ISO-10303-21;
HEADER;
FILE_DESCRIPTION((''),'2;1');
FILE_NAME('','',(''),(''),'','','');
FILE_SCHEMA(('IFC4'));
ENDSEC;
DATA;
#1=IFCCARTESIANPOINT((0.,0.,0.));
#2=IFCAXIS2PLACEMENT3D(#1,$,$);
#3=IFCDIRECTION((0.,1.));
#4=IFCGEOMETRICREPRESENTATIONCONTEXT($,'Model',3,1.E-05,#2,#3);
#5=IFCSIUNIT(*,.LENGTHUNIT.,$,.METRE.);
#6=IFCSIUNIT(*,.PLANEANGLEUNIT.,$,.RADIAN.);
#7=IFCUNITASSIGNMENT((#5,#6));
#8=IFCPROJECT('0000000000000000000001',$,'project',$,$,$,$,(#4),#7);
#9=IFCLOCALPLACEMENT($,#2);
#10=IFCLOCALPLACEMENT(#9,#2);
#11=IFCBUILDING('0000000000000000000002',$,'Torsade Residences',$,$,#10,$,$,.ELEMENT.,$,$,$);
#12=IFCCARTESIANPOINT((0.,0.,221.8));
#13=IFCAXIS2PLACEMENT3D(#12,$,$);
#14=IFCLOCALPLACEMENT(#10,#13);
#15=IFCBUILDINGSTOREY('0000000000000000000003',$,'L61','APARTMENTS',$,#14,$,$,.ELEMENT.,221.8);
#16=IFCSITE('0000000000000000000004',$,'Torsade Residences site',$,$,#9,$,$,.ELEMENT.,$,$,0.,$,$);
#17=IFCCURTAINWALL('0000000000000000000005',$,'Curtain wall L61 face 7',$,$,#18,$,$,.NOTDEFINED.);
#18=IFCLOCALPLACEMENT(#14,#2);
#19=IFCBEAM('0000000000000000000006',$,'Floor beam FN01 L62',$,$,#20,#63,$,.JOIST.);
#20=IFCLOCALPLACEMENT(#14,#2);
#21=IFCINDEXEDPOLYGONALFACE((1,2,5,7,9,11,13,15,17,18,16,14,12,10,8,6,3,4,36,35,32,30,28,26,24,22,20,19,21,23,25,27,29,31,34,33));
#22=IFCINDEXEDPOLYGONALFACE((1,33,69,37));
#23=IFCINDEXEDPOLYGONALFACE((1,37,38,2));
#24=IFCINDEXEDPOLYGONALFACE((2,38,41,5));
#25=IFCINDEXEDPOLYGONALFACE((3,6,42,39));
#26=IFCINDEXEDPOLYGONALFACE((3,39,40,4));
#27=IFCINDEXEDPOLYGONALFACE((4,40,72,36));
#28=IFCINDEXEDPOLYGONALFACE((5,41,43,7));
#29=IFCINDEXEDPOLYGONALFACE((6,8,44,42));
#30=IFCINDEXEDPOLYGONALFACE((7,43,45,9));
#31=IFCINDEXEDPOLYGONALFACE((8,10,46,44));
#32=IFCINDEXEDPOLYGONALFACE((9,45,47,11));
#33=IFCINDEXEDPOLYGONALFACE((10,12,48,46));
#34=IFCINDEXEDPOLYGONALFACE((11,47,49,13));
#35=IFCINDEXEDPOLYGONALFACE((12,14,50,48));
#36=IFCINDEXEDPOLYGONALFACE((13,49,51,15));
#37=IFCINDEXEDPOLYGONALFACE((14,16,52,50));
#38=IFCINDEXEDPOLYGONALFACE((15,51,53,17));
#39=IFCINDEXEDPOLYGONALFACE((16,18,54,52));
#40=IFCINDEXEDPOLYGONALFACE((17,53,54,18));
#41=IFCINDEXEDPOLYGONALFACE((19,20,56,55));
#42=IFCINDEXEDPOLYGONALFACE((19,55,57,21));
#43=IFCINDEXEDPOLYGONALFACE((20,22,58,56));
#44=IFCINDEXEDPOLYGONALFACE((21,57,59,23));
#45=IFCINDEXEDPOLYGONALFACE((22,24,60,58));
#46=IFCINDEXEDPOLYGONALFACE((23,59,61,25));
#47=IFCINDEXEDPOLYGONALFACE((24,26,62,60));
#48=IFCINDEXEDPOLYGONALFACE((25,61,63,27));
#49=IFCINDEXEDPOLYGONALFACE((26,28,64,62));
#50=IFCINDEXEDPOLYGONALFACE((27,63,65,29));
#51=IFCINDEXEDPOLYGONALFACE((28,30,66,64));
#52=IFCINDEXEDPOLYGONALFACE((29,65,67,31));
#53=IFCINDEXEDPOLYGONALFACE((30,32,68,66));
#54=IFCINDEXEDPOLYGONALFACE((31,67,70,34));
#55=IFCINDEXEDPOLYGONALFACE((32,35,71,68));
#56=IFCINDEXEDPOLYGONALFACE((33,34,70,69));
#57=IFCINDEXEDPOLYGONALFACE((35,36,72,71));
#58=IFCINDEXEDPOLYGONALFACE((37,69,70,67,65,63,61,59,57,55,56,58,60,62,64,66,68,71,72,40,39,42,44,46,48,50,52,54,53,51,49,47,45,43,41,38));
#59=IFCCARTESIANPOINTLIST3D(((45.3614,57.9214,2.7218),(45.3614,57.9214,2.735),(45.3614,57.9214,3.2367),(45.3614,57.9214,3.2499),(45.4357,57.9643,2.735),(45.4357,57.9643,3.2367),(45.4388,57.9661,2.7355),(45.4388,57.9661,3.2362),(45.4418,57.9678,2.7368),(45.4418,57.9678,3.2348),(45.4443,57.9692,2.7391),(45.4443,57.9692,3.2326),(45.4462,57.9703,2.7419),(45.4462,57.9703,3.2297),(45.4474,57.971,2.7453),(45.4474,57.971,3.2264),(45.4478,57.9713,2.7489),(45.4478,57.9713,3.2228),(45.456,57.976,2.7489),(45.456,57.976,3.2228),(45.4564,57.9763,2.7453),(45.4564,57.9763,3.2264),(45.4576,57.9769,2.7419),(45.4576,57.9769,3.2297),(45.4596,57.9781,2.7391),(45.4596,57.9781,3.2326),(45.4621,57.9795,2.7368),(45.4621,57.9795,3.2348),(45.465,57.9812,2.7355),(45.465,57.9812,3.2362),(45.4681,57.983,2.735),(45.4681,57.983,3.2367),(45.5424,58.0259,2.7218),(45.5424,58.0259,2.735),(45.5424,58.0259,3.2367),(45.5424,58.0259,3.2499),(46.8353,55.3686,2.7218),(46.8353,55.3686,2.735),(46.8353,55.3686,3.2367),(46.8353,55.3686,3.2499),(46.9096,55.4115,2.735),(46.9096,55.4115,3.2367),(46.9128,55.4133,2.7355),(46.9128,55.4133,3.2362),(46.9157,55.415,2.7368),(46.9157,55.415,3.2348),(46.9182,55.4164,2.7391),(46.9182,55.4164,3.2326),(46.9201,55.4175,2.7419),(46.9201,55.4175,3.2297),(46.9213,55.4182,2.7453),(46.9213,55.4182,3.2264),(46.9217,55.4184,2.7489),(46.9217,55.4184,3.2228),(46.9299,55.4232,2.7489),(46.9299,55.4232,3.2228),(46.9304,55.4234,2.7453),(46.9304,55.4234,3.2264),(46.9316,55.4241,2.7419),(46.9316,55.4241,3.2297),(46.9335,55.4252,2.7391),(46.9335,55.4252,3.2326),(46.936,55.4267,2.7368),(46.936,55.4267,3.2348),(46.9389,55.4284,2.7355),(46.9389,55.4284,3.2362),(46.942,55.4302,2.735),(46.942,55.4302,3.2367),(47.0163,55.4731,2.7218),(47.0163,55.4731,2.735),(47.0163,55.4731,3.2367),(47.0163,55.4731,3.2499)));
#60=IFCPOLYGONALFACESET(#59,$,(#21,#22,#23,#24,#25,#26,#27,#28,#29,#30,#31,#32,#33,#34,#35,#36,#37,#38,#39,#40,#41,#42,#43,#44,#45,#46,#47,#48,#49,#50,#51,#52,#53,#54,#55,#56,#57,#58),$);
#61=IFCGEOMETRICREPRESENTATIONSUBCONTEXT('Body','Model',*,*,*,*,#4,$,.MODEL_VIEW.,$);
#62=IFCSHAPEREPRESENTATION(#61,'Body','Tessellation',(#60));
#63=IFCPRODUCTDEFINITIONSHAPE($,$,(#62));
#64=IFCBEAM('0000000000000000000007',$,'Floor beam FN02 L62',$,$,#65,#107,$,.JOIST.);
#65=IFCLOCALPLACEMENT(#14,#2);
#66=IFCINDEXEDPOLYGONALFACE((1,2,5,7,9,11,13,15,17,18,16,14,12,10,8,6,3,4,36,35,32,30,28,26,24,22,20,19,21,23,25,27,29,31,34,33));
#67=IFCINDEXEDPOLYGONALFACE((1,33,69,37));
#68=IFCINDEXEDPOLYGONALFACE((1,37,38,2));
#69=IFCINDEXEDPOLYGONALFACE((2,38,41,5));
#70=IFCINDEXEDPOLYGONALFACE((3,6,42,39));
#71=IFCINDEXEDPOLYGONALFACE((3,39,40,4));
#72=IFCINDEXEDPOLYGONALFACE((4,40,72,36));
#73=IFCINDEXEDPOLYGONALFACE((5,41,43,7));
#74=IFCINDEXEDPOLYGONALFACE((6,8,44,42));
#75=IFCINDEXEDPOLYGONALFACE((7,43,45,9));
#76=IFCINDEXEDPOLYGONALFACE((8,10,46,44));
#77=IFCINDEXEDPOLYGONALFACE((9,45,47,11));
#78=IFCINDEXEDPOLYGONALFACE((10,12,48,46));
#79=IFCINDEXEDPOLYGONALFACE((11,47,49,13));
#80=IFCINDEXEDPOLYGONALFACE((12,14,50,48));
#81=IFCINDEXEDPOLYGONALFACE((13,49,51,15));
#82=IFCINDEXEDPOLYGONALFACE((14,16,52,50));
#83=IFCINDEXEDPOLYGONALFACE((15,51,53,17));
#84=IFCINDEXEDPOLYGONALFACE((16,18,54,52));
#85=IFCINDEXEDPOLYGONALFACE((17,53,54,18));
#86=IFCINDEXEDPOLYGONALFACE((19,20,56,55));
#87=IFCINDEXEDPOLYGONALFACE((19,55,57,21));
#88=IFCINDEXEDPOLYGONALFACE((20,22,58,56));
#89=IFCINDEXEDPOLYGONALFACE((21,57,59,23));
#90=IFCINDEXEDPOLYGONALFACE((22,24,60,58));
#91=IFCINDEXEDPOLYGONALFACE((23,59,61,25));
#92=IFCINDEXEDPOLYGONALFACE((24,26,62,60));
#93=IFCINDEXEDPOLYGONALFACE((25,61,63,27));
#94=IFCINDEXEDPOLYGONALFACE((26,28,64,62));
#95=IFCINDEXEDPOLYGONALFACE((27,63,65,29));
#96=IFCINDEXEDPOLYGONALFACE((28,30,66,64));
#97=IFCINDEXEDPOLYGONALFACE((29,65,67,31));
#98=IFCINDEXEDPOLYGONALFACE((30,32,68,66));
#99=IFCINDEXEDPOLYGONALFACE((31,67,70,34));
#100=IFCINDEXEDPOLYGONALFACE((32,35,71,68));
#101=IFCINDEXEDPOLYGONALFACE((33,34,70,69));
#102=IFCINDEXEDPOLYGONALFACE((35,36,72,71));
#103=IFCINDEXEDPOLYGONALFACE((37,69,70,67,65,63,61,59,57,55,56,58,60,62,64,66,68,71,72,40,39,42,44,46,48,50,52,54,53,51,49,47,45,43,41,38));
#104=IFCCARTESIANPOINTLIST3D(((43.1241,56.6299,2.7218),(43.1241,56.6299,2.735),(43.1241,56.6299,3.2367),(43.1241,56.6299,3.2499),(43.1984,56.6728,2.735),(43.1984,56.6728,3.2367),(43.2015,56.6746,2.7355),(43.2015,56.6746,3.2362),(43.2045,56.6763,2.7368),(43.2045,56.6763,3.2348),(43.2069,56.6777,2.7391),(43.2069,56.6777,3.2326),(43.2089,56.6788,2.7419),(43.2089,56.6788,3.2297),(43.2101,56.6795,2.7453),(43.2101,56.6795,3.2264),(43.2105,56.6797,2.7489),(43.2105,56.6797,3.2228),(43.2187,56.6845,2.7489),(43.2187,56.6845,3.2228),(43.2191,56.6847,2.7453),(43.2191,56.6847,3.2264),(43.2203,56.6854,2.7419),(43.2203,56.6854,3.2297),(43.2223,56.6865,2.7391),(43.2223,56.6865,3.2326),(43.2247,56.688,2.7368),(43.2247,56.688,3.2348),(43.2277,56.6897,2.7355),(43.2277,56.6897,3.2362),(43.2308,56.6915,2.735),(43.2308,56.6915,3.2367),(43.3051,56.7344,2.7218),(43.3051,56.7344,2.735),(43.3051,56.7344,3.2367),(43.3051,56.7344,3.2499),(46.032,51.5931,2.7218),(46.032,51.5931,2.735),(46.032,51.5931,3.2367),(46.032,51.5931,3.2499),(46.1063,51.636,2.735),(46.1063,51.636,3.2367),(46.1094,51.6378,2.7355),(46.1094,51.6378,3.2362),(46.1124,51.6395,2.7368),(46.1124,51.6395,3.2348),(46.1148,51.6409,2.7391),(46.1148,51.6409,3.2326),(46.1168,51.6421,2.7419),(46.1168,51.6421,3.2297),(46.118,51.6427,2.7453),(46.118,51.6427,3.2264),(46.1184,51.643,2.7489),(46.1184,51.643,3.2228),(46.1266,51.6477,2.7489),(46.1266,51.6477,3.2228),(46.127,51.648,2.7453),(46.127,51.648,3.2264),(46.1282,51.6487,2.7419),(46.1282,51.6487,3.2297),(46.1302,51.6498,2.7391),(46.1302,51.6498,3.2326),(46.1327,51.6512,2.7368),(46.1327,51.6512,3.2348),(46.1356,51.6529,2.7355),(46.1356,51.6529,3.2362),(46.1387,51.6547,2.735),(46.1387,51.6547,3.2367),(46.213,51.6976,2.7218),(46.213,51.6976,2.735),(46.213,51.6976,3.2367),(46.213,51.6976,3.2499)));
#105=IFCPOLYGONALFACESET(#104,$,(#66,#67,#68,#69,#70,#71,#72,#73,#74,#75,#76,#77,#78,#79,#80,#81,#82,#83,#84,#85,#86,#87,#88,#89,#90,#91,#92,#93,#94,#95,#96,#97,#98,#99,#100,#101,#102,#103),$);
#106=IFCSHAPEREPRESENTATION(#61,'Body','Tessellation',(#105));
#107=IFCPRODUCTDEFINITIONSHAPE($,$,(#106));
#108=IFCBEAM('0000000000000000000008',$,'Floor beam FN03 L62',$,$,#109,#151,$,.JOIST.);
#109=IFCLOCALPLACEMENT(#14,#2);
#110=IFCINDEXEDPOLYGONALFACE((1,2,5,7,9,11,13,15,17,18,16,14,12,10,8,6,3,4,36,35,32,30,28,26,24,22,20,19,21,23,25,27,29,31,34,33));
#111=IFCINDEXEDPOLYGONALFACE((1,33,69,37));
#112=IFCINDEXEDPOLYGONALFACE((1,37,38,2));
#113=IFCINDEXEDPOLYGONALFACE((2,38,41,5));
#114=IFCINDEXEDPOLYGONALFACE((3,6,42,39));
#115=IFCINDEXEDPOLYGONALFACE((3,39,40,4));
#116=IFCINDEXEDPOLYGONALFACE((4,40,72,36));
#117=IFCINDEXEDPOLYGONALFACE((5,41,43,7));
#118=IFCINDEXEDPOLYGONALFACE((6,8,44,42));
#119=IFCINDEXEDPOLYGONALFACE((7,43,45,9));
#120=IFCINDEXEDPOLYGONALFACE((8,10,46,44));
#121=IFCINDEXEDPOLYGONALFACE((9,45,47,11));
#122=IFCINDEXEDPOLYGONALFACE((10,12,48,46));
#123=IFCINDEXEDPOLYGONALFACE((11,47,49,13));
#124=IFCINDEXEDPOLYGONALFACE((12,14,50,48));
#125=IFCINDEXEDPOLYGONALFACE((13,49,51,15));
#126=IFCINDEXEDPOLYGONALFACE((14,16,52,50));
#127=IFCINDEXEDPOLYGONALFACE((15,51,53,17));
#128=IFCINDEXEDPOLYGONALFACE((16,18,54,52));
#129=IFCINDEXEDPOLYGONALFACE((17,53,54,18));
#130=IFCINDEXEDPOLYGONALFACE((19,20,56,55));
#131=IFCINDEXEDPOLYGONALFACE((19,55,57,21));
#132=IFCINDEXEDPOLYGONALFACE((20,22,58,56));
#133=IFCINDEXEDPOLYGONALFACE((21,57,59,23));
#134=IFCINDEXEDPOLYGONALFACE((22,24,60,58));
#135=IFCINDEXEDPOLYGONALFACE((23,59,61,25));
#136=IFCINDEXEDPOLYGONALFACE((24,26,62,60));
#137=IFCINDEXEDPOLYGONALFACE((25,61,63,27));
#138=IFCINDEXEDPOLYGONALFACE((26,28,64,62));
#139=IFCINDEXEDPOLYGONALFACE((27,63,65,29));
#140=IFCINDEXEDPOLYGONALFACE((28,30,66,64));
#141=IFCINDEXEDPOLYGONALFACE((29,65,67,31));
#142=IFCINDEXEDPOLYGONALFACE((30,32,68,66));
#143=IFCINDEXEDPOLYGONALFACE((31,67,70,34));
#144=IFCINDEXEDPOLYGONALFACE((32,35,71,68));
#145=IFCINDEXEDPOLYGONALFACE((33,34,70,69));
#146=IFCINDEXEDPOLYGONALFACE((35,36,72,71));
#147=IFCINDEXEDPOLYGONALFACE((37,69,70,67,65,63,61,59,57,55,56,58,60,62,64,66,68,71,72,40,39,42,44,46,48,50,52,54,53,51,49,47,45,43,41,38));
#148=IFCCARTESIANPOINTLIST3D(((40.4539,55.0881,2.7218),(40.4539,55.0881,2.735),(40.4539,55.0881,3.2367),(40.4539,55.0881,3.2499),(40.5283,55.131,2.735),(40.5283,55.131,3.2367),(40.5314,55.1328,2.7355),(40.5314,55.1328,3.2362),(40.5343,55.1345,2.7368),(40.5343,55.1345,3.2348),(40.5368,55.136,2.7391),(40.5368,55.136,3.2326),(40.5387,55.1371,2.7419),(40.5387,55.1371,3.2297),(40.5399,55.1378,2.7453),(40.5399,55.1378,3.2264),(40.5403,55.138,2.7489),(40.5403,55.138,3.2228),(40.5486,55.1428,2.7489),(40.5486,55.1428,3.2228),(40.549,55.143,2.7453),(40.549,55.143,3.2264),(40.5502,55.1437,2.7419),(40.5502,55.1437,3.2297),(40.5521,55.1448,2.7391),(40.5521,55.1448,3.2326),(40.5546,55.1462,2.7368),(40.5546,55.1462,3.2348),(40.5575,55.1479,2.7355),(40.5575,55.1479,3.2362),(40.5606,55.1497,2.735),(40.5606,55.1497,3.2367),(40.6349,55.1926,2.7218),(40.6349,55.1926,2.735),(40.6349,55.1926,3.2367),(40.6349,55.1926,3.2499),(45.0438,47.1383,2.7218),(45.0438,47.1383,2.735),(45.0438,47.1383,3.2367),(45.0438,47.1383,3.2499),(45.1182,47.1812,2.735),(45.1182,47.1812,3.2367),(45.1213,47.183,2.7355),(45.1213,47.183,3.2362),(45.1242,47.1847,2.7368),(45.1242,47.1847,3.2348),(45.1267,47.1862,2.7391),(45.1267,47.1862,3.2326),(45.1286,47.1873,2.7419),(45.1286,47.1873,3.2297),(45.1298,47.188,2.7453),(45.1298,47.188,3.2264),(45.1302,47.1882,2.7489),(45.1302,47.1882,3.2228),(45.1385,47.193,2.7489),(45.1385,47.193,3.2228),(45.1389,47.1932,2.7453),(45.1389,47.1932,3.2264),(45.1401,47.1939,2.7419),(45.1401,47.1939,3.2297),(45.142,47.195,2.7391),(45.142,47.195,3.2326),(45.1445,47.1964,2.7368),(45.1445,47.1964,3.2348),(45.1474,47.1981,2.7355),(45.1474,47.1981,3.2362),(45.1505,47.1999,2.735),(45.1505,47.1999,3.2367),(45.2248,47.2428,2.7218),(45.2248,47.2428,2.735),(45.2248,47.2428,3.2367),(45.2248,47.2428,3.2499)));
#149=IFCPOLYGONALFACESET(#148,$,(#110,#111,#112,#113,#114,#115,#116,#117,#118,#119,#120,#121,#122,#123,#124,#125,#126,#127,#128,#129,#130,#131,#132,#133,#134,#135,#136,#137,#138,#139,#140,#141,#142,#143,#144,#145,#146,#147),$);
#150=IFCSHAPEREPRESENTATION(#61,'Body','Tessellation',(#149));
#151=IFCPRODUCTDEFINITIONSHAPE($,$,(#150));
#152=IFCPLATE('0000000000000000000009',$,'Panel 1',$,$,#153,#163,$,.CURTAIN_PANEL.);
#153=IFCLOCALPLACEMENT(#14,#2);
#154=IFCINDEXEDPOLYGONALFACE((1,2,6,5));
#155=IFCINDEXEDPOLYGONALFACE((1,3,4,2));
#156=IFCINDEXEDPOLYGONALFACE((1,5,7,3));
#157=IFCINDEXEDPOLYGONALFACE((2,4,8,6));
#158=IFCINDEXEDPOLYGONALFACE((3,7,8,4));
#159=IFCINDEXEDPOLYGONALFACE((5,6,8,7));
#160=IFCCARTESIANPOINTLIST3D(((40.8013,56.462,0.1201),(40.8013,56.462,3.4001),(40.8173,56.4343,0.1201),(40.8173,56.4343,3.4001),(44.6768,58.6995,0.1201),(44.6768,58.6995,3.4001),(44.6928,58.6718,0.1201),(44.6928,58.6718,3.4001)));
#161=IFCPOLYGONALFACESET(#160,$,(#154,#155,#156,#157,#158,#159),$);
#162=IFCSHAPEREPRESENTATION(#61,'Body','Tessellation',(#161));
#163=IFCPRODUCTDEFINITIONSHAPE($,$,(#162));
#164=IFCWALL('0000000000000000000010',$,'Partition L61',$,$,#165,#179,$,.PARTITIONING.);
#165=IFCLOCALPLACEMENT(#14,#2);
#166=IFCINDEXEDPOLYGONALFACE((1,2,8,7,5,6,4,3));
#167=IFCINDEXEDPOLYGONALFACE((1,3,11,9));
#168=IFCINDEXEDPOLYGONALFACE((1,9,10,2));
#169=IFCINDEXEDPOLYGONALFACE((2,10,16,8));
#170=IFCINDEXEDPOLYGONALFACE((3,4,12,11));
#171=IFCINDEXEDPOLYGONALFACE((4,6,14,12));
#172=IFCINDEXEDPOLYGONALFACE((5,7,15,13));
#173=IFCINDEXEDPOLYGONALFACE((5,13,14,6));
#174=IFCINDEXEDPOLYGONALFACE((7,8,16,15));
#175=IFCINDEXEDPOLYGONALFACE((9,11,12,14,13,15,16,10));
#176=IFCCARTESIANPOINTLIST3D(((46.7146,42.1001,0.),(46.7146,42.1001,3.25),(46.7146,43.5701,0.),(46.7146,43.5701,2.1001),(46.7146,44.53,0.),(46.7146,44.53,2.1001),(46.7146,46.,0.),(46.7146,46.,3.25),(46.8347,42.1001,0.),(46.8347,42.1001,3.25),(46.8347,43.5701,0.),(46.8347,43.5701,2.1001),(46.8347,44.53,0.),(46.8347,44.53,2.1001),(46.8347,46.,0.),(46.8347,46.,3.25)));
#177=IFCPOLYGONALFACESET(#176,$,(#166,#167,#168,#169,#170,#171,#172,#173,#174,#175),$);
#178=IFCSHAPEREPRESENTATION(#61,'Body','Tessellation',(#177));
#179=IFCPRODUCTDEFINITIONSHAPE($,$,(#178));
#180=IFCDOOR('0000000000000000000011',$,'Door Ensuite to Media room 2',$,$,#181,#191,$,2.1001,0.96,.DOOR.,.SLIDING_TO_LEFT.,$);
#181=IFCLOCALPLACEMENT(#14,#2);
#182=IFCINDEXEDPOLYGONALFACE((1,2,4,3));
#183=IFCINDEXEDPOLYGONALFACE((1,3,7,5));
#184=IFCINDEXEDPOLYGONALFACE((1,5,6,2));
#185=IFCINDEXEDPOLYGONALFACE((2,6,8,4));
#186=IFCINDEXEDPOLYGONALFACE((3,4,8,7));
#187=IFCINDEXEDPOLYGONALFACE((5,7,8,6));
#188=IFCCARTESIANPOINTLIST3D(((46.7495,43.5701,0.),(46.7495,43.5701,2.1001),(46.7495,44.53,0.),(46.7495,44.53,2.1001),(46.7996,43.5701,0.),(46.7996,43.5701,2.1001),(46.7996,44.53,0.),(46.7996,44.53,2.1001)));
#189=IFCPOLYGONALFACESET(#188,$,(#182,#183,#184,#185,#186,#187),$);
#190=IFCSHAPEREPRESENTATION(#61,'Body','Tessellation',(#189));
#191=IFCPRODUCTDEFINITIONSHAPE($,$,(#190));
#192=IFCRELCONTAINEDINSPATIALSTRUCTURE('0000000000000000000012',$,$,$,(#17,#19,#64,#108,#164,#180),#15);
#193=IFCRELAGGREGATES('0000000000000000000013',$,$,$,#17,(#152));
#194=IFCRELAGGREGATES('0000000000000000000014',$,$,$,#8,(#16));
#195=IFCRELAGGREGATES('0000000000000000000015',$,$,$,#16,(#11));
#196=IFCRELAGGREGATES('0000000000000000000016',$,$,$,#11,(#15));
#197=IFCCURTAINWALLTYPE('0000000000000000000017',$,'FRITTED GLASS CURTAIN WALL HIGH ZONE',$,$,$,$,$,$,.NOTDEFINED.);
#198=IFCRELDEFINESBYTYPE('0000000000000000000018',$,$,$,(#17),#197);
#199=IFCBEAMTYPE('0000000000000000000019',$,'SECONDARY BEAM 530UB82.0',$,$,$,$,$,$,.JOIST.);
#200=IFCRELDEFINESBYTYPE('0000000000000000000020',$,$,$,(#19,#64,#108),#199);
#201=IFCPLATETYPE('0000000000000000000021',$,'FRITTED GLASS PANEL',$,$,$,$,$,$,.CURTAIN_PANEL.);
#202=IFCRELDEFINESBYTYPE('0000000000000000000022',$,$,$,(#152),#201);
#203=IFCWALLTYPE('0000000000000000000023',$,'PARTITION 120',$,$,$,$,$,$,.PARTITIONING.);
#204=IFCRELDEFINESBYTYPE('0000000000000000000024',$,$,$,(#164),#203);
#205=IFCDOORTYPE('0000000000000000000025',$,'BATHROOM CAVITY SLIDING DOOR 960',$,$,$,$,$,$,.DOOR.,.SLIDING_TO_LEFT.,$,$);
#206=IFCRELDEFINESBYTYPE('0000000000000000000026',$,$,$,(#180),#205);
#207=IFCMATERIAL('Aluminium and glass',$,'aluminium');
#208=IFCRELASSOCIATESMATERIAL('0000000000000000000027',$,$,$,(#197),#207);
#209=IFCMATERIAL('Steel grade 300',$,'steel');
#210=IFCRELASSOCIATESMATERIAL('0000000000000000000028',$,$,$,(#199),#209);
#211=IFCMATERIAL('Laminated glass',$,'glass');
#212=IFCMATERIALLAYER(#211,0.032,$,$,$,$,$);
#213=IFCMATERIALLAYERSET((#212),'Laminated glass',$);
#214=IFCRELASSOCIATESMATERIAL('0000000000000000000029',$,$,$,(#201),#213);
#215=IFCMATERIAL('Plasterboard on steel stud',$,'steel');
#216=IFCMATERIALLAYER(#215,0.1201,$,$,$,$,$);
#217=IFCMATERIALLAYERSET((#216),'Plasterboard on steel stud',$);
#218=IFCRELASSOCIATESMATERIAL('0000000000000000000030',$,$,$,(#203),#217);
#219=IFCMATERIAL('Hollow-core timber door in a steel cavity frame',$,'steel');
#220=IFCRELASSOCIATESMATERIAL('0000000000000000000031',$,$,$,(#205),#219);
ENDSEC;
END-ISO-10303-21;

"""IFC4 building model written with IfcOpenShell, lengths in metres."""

from ifc_helpers import new_model, si_unit, direction, frame, frame_2d, origin, origin_2d, place, context, subcontext, project, spatial, rectangle, i_section, extrude, material, layer, layer_set, material_profile, profile_set, type_object, element, fill, aggregate, save


model = new_model("IFC4")

# Units and contexts
model_context = context("Model", 3, precision=1e-05, world=origin(), true_north=direction((0.0, 1.0)))
body_context = subcontext(model_context, "Body", "Model", "MODEL_VIEW")
ifc_project = project(units=[si_unit("LENGTHUNIT", "METRE"), si_unit("PLANEANGLEUNIT", "RADIAN")], contexts=[model_context])

# Site, building, storey
site_placement = place(None, origin())
site = spatial("IfcSite", under=ifc_project, at=site_placement, Name="Torsade Residences site", CompositionType="ELEMENT", RefElevation=0.0)
building_placement = place(site_placement, origin())
building = spatial("IfcBuilding", under=site, at=building_placement, Name="Torsade Residences", CompositionType="ELEMENT")
storey_placement = place(building_placement, frame((0.0, 0.0, 221.8)))
storey = spatial("IfcBuildingStorey", under=building, at=storey_placement, Name="L61", Description="APARTMENTS", CompositionType="ELEMENT", Elevation=221.8)

# Curtain wall
ifc_material_1 = material(Name="Aluminium and glass", Category="aluminium")
curtain_wall_type = type_object("IfcCurtainWallType", Name="FRITTED GLASS CURTAIN WALL HIGH ZONE", PredefinedType="NOTDEFINED", material=ifc_material_1)
curtain_wall_placement = place(storey_placement, origin())
curtain_wall = element("IfcCurtainWall", 1, at=curtain_wall_placement, inside=storey, type_object=curtain_wall_type, Name="Curtain wall L61 face 7", PredefinedType="NOTDEFINED")

# Beams
ifc_material_2 = material(Name="Steel grade 300", Category="steel")
ifc_material_profile_1 = material_profile(ifc_material_2, i_section(OverallWidth=0.209, OverallDepth=0.5281, WebThickness=0.0095, FlangeThickness=0.0132, FilletRadius=0.0139, at=origin_2d()), Name="530UB82.0")
ifc_profile_set_1 = profile_set([ifc_material_profile_1], Name="Steel grade 300")
beam_type_1 = type_object("IfcBeamType", Name="SECONDARY BEAM 530UB82.0", PredefinedType="JOIST", material=ifc_profile_set_1)
beam_1_placement = place(storey_placement, frame((45.4519, 57.9736, 2.9858), z_axis=(0.500014, -0.866017, 0.0), x_axis=(0.866017, 0.500014, 0.0)))
element("IfcBeam", 2, at=beam_1_placement, inside=storey, type_object=beam_type_1, Name="Floor beam FN01 L62", PredefinedType="JOIST", context=body_context, shape_type="SweptSolid", body=[
    extrude(i_section(OverallWidth=0.209, OverallDepth=0.5281, WebThickness=0.0095, FlangeThickness=0.0132, FilletRadius=0.0139, at=origin_2d()), origin(), (0.0, 0.0, 1.0), 2.9478),
])
beam_2_placement = place(storey_placement, frame((43.2146, 56.6821, 2.9858), z_axis=(0.49999, -0.866031, 0.0), x_axis=(0.866031, 0.49999, 0.0)))
element("IfcBeam", 3, at=beam_2_placement, inside=storey, type_object=beam_type_1, Name="Floor beam FN02 L62", PredefinedType="JOIST", context=body_context, shape_type="SweptSolid", body=[
    extrude(i_section(OverallWidth=0.209, OverallDepth=0.5281, WebThickness=0.0095, FlangeThickness=0.0132, FilletRadius=0.0139, at=origin_2d()), origin(), (0.0, 0.0, 1.0), 5.8159),
])
beam_3_placement = place(storey_placement, frame((40.5444, 55.1404, 2.9858), z_axis=(0.500006, -0.866022, 0.0), x_axis=(0.866022, 0.500006, 0.0)))
element("IfcBeam", 4, at=beam_3_placement, inside=storey, type_object=beam_type_1, Name="Floor beam FN03 L62", PredefinedType="JOIST", context=body_context, shape_type="SweptSolid", body=[
    extrude(i_section(OverallWidth=0.209, OverallDepth=0.5281, WebThickness=0.0095, FlangeThickness=0.0132, FilletRadius=0.0139, at=origin_2d()), origin(), (0.0, 0.0, 1.0), 9.1797),
])

# Plate
ifc_material_3 = material(Name="Laminated glass", Category="glass")
ifc_layer_1 = layer(ifc_material_3, 0.032)
ifc_layer_set_1 = layer_set([ifc_layer_1], Name="Laminated glass")
plate_type = type_object("IfcPlateType", Name="FRITTED GLASS PANEL", PredefinedType="CURTAIN_PANEL", material=ifc_layer_set_1)
plate_placement = place(storey_placement, frame((42.7471, 57.5669, 0.1201), z_axis=(0.0, 0.0, 1.0), x_axis=(-0.866025, -0.5, 0.0)))
plate = element("IfcPlate", 5, at=plate_placement, type_object=plate_type, Name="Panel 1", PredefinedType="CURTAIN_PANEL", context=body_context, shape_type="SweptSolid", body=[
    extrude(rectangle(XDim=4.4751, YDim=0.032, at=origin_2d()), origin(), (0.0, 0.0, 1.0), 3.28),
])
aggregate(curtain_wall, [plate])

# Wall, opening, door
ifc_material_4 = material(Name="Plasterboard on steel stud", Category="steel")
ifc_layer_2 = layer(ifc_material_4, 0.1201)
ifc_layer_set_2 = layer_set([ifc_layer_2], Name="Plasterboard on steel stud")
wall_type_1 = type_object("IfcWallType", Name="PARTITION 120", PredefinedType="PARTITIONING", material=ifc_layer_set_2)
wall_1_placement = place(storey_placement, frame((46.7747, 46.0, 0.0), z_axis=(0.0, 0.0, 1.0), x_axis=(0.0, -1.0, 0.0)))
wall_1 = element("IfcWall", 6, at=wall_1_placement, inside=storey, type_object=wall_type_1, Name="Partition L61", PredefinedType="PARTITIONING", context=body_context, shape_type="SweptSolid", body=[
    extrude(rectangle(XDim=3.8999, YDim=0.1201, at=frame_2d((1.95, 0.0))), origin(), (0.0, 0.0, 1.0), 3.25),
])
opening_1_placement = place(wall_1_placement, frame((1.47, 0.0, 0.0)))
opening_1 = element("IfcOpeningElement", 7, at=opening_1_placement, cuts=wall_1, PredefinedType="OPENING", context=body_context, shape_type="SweptSolid", body=[
    extrude(rectangle(XDim=0.96, YDim=2.1001, at=frame_2d((0.48, 1.05))), frame((0.0, 0.0701, 0.0), z_axis=(0.0, -1.0, 0.0), x_axis=(1.0, 0.0, 0.0)), (0.0, 0.0, 1.0), 0.1401),
])
ifc_material_5 = material(Name="Hollow-core timber door in a steel cavity frame", Category="steel")
door_type_1 = type_object("IfcDoorType", Name="BATHROOM CAVITY SLIDING DOOR 960", OperationType="SLIDING_TO_LEFT", PredefinedType="DOOR", material=ifc_material_5)
door_1_placement = place(opening_1_placement, origin())
door_1 = element("IfcDoor", 8, at=door_1_placement, inside=storey, type_object=door_type_1, Name="Door Ensuite to Media room 2", OperationType="SLIDING_TO_LEFT", OverallHeight=2.1001, OverallWidth=0.96, PredefinedType="DOOR", context=body_context, shape_type="SweptSolid", body=[
    extrude(rectangle(XDim=0.96, YDim=2.1001, at=frame_2d((0.48, 1.05))), frame((0.0, 0.0249, 0.0), z_axis=(0.0, -1.0, 0.0), x_axis=(1.0, 0.0, 0.0)), (0.0, 0.0, 1.0), 0.05),
])
fill(opening_1, door_1)

save(model, "model.ifc")
